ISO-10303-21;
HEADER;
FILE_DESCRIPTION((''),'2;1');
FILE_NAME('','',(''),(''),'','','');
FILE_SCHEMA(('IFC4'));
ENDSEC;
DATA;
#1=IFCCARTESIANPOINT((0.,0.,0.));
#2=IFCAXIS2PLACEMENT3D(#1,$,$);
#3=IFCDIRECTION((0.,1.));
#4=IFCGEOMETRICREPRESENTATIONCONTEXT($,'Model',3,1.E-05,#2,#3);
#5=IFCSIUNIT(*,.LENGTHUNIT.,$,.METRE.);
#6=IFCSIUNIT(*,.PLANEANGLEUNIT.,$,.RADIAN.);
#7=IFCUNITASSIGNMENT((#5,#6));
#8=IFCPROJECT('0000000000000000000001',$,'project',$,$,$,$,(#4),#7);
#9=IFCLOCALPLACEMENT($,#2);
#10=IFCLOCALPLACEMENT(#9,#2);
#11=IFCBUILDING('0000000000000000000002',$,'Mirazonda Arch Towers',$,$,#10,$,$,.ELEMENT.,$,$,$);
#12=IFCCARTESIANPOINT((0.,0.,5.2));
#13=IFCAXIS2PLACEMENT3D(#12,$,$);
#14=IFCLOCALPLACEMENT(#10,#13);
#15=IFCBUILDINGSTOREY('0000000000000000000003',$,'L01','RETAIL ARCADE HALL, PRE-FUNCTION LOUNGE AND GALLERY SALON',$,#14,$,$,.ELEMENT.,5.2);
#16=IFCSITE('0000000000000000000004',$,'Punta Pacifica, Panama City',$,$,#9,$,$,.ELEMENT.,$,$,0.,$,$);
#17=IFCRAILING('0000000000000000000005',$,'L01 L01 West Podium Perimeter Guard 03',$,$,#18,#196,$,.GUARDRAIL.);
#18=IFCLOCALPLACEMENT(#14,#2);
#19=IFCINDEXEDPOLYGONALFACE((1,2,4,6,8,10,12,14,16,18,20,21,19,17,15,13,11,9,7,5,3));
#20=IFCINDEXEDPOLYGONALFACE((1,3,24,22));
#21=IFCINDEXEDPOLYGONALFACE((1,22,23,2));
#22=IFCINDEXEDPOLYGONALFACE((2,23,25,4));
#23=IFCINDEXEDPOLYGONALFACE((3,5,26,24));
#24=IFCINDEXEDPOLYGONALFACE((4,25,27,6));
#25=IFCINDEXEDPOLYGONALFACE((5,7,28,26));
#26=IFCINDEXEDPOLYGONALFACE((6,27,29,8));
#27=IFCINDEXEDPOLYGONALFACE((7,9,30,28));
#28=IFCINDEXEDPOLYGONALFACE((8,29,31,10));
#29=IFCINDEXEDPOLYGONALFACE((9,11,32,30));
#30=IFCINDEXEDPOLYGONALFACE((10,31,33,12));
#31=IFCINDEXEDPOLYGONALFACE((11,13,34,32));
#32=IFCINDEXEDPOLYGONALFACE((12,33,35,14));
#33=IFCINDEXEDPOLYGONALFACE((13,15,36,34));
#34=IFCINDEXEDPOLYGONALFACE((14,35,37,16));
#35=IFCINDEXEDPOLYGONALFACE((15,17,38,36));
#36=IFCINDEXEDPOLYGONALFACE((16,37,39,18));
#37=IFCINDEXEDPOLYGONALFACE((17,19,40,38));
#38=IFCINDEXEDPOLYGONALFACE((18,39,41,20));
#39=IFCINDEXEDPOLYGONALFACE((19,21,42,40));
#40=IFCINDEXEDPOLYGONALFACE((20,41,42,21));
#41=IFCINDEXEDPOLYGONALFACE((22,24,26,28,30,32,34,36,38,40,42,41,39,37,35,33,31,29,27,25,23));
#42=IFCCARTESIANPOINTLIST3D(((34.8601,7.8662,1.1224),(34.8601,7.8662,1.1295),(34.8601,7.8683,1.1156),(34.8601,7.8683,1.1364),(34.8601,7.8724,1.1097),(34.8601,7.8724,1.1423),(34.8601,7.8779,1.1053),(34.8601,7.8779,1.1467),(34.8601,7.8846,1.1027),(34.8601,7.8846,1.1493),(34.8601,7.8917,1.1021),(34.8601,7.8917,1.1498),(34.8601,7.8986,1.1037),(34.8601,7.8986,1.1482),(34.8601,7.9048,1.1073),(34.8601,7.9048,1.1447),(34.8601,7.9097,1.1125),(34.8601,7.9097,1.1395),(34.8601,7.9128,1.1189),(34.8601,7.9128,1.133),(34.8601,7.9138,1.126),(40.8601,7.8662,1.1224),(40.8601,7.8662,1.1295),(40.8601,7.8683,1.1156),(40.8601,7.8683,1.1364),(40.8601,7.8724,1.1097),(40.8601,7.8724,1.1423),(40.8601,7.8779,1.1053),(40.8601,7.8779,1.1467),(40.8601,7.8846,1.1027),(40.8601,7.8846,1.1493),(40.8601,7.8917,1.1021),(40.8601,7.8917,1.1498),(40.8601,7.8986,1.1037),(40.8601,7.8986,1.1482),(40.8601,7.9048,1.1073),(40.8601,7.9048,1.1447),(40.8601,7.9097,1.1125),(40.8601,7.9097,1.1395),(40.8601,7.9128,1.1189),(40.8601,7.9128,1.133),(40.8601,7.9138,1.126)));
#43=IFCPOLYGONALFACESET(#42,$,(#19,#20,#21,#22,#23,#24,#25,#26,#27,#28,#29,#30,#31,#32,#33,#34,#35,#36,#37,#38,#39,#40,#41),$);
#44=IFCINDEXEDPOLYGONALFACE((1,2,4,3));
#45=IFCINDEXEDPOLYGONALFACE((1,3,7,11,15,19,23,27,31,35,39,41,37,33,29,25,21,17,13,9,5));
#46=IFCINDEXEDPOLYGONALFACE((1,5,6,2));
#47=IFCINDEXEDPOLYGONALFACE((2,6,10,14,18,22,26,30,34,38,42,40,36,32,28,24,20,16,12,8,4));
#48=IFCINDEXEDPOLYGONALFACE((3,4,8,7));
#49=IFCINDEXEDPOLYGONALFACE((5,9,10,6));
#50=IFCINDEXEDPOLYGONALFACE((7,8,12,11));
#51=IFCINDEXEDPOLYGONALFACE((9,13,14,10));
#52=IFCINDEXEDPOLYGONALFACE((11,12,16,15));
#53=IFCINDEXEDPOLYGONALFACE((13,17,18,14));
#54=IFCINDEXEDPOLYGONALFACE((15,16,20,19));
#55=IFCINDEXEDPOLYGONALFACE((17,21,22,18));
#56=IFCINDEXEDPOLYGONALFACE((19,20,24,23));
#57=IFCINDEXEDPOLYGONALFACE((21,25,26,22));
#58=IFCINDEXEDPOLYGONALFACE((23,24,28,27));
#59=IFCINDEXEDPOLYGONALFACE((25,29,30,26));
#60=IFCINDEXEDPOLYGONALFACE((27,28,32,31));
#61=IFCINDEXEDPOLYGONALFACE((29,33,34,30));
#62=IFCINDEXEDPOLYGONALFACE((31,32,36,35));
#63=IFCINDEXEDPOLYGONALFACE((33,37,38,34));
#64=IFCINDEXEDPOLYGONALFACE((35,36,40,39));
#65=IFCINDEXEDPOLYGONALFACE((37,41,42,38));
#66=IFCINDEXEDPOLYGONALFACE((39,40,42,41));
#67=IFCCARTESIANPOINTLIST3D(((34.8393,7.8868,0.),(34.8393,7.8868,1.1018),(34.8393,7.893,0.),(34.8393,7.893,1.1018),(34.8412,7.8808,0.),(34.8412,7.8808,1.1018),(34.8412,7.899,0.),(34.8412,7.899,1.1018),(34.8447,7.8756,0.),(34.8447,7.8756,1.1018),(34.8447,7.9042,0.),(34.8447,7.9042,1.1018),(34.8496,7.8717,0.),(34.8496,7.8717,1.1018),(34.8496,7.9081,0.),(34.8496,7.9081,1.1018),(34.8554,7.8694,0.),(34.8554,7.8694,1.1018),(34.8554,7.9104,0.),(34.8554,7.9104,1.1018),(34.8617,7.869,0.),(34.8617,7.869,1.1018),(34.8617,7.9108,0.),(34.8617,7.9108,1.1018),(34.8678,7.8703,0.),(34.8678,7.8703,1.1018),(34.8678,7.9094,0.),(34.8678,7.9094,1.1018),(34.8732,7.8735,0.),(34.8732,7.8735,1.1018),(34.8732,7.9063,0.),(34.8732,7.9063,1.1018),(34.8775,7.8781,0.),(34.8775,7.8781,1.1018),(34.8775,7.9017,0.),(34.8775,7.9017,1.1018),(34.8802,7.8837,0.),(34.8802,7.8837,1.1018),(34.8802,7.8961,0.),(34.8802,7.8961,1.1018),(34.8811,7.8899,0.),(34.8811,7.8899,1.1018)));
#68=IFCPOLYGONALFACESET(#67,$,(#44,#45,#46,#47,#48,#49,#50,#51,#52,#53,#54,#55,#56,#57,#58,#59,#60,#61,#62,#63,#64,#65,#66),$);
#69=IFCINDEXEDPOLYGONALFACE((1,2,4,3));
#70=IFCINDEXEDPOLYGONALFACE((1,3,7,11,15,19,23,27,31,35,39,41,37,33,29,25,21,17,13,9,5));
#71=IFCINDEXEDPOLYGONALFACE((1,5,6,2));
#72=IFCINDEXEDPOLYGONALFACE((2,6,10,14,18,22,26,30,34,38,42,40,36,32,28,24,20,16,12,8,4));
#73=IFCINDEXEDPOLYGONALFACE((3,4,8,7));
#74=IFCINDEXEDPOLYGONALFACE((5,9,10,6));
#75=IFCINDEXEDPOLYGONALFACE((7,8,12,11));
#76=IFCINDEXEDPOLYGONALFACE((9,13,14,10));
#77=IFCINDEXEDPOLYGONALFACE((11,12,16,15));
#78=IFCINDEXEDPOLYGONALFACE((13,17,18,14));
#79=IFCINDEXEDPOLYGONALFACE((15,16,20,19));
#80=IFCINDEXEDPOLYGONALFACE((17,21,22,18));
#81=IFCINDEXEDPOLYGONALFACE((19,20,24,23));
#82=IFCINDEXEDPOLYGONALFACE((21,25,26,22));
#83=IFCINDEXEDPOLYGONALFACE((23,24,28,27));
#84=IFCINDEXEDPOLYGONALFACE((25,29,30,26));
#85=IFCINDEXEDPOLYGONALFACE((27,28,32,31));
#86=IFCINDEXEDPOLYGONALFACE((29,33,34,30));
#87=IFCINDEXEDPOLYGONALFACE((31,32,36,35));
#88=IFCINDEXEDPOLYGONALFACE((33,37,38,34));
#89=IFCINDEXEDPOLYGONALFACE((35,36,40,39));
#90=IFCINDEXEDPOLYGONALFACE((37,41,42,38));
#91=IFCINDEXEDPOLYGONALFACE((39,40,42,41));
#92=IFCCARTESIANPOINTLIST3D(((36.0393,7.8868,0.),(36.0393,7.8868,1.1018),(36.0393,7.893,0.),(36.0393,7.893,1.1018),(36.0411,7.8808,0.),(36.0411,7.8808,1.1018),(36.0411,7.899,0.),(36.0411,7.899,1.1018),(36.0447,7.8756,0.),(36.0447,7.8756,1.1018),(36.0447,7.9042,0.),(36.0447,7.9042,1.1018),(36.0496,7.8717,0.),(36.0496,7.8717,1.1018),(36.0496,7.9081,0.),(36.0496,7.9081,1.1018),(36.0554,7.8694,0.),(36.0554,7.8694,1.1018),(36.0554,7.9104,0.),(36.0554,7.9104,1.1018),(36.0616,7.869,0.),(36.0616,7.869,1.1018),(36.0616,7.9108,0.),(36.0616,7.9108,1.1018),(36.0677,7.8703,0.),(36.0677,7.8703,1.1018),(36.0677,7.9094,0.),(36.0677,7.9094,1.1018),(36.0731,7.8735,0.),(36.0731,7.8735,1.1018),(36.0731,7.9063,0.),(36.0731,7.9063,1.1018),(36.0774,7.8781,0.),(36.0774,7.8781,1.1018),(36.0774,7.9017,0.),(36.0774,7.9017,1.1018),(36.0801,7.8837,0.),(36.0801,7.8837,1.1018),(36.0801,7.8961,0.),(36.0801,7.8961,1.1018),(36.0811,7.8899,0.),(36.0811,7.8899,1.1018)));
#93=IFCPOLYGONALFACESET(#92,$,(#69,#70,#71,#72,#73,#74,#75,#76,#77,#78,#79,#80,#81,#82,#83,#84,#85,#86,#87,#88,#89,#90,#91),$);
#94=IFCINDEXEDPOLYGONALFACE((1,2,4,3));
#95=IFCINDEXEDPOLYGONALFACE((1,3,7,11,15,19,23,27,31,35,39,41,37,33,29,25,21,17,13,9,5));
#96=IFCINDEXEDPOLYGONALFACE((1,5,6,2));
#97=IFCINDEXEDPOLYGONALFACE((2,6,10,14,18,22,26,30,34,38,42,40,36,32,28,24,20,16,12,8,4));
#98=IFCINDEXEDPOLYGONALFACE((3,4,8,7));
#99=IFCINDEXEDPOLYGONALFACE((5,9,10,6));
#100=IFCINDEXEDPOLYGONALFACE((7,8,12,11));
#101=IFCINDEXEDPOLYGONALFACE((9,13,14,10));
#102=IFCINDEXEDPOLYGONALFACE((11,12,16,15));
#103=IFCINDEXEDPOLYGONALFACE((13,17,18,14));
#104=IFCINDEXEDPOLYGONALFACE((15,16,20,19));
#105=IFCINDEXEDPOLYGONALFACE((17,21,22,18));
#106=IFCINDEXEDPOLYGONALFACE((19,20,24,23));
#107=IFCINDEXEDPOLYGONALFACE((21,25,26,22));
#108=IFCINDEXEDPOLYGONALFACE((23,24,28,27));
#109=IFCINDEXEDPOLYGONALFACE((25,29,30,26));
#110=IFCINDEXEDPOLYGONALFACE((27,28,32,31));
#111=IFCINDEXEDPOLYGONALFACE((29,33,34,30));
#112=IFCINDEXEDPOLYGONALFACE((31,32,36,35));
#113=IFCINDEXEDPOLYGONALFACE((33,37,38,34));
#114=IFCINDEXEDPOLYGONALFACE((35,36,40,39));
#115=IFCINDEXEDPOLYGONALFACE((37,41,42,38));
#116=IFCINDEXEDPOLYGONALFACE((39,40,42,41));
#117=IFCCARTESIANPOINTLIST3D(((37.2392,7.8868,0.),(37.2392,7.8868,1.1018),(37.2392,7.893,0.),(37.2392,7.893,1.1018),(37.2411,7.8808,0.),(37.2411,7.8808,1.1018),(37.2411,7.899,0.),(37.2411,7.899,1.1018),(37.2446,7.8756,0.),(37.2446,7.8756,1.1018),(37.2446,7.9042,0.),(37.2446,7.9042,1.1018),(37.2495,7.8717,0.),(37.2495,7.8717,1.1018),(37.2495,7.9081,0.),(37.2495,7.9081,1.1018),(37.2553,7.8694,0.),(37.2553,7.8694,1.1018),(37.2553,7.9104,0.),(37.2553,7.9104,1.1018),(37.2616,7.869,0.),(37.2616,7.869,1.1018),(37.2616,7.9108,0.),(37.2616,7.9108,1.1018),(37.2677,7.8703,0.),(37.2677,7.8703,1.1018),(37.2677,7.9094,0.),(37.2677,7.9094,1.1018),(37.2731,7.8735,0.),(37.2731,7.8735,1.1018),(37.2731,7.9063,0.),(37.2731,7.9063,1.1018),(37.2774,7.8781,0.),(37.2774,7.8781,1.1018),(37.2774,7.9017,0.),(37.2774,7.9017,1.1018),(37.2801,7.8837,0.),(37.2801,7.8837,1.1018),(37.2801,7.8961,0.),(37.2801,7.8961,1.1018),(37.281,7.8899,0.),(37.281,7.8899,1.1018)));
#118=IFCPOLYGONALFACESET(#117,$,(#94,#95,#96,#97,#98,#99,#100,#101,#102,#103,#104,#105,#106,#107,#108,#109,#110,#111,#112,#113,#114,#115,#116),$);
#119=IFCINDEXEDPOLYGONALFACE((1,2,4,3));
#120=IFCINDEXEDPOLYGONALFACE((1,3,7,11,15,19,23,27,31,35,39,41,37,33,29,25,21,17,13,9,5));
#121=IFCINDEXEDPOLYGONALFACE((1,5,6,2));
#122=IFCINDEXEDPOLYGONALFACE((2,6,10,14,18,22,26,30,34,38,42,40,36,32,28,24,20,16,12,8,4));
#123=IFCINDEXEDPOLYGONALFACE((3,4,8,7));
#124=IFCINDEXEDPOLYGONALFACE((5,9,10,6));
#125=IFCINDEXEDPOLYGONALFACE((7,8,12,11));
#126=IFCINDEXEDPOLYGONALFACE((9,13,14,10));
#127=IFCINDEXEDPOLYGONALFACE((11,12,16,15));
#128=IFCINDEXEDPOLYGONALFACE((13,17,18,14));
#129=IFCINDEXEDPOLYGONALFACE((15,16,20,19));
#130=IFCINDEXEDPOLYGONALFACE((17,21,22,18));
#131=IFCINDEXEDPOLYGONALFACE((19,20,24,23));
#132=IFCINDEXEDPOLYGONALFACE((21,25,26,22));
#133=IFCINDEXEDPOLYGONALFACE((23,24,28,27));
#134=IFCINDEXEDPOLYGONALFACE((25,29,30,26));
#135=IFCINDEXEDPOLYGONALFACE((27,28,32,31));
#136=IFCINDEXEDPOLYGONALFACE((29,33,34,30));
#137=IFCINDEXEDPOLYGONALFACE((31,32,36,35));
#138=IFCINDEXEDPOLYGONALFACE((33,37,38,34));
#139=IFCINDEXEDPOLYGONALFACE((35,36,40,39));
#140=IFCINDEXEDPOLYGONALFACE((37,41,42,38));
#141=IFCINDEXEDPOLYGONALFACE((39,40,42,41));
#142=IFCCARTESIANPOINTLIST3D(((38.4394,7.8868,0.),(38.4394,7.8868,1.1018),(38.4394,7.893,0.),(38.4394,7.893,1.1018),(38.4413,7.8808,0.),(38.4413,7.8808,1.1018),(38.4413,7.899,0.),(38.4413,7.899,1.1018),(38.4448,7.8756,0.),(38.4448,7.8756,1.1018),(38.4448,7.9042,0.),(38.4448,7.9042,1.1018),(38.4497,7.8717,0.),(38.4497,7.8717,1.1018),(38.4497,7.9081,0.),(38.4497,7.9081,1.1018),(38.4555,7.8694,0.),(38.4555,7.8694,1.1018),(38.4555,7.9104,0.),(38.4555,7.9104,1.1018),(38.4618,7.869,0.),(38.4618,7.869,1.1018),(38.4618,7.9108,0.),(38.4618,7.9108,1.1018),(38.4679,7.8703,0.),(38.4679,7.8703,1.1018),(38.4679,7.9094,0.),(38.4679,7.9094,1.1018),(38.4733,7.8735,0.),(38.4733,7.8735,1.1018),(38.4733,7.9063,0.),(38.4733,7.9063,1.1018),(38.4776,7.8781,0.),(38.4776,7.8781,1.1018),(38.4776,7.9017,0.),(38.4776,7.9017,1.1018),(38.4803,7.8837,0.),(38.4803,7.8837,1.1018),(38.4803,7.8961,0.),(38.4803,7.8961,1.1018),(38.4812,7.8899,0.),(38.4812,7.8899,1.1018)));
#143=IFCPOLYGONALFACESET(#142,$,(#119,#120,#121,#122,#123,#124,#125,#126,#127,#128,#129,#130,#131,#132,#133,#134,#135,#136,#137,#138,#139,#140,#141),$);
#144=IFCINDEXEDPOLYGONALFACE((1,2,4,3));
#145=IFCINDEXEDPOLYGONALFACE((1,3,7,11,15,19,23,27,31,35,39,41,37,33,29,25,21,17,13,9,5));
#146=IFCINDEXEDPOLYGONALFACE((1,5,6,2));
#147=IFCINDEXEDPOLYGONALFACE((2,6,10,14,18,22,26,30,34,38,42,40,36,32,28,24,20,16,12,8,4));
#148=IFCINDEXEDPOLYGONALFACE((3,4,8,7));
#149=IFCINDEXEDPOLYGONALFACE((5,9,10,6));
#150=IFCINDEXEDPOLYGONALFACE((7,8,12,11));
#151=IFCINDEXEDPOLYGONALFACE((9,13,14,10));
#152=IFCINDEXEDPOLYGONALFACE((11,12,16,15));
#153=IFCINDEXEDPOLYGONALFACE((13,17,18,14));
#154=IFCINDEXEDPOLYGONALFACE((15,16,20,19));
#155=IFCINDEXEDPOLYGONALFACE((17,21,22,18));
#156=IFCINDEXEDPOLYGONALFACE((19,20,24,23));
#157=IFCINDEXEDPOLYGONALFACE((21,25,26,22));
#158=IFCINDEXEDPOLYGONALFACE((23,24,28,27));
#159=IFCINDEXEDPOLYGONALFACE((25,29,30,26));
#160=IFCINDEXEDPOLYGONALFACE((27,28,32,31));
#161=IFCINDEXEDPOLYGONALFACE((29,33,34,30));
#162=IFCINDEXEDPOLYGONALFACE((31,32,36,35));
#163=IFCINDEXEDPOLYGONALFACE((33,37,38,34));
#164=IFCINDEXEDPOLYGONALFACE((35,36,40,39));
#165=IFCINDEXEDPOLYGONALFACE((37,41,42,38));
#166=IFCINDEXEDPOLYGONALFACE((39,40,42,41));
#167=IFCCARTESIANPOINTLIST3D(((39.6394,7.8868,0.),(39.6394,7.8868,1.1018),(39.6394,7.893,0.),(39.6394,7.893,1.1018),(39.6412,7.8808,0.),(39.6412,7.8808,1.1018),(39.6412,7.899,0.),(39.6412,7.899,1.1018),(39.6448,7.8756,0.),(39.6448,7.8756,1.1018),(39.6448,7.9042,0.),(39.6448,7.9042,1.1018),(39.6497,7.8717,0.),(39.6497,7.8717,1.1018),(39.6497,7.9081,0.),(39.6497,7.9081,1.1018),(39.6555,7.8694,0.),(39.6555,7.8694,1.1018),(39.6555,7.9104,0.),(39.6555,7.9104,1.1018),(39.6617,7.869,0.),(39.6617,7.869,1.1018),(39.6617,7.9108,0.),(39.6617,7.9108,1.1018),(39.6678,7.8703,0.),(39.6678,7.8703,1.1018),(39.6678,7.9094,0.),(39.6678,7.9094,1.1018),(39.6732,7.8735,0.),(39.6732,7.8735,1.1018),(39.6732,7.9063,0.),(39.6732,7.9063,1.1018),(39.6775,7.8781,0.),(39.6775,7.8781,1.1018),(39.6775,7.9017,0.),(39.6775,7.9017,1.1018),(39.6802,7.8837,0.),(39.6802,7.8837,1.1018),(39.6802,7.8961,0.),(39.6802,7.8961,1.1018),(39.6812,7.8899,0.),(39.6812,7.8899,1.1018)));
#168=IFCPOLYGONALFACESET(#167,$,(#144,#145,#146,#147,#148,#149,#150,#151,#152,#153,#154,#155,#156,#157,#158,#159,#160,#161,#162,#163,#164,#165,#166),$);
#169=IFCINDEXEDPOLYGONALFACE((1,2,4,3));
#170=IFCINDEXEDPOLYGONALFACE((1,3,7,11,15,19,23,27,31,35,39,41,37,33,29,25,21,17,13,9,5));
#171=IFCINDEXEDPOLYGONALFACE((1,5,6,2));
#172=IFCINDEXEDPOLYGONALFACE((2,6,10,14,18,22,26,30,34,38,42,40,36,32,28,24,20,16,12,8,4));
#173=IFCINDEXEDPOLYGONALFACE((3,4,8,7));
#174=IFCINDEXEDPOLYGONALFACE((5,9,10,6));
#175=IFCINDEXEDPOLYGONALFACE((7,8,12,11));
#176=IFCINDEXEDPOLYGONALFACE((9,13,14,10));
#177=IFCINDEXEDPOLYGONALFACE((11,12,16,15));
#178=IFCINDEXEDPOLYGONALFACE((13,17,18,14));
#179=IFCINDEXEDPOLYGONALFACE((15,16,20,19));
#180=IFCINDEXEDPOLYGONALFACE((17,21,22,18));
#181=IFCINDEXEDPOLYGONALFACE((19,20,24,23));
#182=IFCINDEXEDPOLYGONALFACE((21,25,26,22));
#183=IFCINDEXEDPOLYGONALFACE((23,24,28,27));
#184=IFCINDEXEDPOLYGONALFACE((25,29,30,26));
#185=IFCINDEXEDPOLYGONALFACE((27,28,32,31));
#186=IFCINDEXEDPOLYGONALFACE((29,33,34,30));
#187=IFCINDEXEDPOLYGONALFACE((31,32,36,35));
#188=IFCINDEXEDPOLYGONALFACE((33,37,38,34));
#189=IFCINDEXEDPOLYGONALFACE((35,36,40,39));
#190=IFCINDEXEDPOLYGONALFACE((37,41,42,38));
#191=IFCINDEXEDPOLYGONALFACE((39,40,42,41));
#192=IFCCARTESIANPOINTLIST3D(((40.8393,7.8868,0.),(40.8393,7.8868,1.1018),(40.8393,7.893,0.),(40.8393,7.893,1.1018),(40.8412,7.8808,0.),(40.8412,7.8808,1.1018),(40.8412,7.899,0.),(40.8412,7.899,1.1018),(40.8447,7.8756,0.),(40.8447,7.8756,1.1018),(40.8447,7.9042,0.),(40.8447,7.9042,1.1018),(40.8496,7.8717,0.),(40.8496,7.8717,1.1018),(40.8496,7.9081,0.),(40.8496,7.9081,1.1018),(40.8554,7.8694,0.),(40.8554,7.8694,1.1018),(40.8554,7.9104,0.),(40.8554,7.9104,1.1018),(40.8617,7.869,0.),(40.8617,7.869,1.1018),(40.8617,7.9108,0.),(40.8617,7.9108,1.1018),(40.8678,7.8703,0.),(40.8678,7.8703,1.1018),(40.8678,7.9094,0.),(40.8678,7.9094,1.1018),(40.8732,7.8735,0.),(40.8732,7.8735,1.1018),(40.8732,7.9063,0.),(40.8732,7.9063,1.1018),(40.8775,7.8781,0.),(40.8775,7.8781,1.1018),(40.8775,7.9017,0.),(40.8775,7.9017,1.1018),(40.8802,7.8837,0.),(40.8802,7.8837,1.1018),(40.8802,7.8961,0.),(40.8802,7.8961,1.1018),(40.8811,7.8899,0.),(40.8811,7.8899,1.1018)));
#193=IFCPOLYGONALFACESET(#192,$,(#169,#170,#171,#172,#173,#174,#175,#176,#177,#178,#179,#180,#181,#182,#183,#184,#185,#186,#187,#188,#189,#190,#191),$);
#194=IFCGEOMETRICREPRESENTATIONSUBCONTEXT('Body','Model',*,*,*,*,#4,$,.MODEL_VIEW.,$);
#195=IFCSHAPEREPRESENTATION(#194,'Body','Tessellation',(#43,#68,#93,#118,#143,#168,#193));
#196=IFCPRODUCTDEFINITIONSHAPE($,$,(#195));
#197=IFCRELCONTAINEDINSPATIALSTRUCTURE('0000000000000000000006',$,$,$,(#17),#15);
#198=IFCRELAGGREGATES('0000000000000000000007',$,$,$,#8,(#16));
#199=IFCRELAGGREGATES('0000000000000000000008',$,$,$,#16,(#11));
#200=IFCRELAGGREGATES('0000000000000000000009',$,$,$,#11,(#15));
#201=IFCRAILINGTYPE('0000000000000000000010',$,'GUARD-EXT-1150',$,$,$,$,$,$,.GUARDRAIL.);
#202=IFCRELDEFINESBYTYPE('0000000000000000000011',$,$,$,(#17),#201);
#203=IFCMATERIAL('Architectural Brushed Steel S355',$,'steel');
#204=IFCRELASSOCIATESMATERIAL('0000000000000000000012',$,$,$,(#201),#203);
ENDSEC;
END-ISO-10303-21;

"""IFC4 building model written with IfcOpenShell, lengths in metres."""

from ifc_helpers import new_model, si_unit, direction, frame, origin, origin_2d, place, context, subcontext, project, spatial, circle, extrude, material, type_object, element, save


model = new_model("IFC4")

# Units and contexts
model_context = context("Model", 3, precision=1e-05, world=origin(), true_north=direction((0.0, 1.0)))
body_context = subcontext(model_context, "Body", "Model", "MODEL_VIEW")
ifc_project = project(units=[si_unit("LENGTHUNIT", "METRE"), si_unit("PLANEANGLEUNIT", "RADIAN")], contexts=[model_context])

# Site, building, storey
site_placement = place(None, origin())
site = spatial("IfcSite", under=ifc_project, at=site_placement, Name="Punta Pacifica, Panama City", CompositionType="ELEMENT", RefElevation=0.0)
building_placement = place(site_placement, origin())
building = spatial("IfcBuilding", under=site, at=building_placement, Name="Mirazonda Arch Towers", CompositionType="ELEMENT")
storey_placement = place(building_placement, frame((0.0, 0.0, 5.2)))
storey = spatial("IfcBuildingStorey", under=building, at=storey_placement, Name="L01", Description="RETAIL ARCADE HALL, PRE-FUNCTION LOUNGE AND GALLERY SALON", CompositionType="ELEMENT", Elevation=5.2)

# Railing
ifc_material_1 = material(Name="Architectural Brushed Steel S355", Category="steel")
railing_type = type_object("IfcRailingType", Name="GUARD-EXT-1150", PredefinedType="GUARDRAIL", material=ifc_material_1)
railing_1_placement = place(storey_placement, frame((34.8601, 7.8899, 0.0)))
element("IfcRailing", 1, at=railing_1_placement, inside=storey, type_object=railing_type, Name="L01 L01 West Podium Perimeter Guard 03", PredefinedType="GUARDRAIL", context=body_context, shape_type="SweptSolid", body=[
    extrude(circle(Radius=0.0239, at=origin_2d()), frame((0.0, 0.0, 1.126), z_axis=(1.0, 0.0, 0.0), x_axis=(0.0, 1.0, 0.0)), (0.0, 0.0, 1.0), 6.0),
    extrude(circle(Radius=0.021, at=origin_2d()), origin(), (0.0, 0.0, 1.0), 1.1018),
    extrude(circle(Radius=0.021, at=origin_2d()), frame((1.2, 0.0, 0.0)), (0.0, 0.0, 1.0), 1.1018),
    extrude(circle(Radius=0.021, at=origin_2d()), frame((2.3999, 0.0, 0.0)), (0.0, 0.0, 1.0), 1.1018),
    extrude(circle(Radius=0.021, at=origin_2d()), frame((3.6001, 0.0, 0.0)), (0.0, 0.0, 1.0), 1.1018),
    extrude(circle(Radius=0.021, at=origin_2d()), frame((4.8, 0.0, 0.0)), (0.0, 0.0, 1.0), 1.1018),
    extrude(circle(Radius=0.021, at=origin_2d()), frame((6.0, 0.0, 0.0)), (0.0, 0.0, 1.0), 1.1018),
])

save(model, "model.ifc")
